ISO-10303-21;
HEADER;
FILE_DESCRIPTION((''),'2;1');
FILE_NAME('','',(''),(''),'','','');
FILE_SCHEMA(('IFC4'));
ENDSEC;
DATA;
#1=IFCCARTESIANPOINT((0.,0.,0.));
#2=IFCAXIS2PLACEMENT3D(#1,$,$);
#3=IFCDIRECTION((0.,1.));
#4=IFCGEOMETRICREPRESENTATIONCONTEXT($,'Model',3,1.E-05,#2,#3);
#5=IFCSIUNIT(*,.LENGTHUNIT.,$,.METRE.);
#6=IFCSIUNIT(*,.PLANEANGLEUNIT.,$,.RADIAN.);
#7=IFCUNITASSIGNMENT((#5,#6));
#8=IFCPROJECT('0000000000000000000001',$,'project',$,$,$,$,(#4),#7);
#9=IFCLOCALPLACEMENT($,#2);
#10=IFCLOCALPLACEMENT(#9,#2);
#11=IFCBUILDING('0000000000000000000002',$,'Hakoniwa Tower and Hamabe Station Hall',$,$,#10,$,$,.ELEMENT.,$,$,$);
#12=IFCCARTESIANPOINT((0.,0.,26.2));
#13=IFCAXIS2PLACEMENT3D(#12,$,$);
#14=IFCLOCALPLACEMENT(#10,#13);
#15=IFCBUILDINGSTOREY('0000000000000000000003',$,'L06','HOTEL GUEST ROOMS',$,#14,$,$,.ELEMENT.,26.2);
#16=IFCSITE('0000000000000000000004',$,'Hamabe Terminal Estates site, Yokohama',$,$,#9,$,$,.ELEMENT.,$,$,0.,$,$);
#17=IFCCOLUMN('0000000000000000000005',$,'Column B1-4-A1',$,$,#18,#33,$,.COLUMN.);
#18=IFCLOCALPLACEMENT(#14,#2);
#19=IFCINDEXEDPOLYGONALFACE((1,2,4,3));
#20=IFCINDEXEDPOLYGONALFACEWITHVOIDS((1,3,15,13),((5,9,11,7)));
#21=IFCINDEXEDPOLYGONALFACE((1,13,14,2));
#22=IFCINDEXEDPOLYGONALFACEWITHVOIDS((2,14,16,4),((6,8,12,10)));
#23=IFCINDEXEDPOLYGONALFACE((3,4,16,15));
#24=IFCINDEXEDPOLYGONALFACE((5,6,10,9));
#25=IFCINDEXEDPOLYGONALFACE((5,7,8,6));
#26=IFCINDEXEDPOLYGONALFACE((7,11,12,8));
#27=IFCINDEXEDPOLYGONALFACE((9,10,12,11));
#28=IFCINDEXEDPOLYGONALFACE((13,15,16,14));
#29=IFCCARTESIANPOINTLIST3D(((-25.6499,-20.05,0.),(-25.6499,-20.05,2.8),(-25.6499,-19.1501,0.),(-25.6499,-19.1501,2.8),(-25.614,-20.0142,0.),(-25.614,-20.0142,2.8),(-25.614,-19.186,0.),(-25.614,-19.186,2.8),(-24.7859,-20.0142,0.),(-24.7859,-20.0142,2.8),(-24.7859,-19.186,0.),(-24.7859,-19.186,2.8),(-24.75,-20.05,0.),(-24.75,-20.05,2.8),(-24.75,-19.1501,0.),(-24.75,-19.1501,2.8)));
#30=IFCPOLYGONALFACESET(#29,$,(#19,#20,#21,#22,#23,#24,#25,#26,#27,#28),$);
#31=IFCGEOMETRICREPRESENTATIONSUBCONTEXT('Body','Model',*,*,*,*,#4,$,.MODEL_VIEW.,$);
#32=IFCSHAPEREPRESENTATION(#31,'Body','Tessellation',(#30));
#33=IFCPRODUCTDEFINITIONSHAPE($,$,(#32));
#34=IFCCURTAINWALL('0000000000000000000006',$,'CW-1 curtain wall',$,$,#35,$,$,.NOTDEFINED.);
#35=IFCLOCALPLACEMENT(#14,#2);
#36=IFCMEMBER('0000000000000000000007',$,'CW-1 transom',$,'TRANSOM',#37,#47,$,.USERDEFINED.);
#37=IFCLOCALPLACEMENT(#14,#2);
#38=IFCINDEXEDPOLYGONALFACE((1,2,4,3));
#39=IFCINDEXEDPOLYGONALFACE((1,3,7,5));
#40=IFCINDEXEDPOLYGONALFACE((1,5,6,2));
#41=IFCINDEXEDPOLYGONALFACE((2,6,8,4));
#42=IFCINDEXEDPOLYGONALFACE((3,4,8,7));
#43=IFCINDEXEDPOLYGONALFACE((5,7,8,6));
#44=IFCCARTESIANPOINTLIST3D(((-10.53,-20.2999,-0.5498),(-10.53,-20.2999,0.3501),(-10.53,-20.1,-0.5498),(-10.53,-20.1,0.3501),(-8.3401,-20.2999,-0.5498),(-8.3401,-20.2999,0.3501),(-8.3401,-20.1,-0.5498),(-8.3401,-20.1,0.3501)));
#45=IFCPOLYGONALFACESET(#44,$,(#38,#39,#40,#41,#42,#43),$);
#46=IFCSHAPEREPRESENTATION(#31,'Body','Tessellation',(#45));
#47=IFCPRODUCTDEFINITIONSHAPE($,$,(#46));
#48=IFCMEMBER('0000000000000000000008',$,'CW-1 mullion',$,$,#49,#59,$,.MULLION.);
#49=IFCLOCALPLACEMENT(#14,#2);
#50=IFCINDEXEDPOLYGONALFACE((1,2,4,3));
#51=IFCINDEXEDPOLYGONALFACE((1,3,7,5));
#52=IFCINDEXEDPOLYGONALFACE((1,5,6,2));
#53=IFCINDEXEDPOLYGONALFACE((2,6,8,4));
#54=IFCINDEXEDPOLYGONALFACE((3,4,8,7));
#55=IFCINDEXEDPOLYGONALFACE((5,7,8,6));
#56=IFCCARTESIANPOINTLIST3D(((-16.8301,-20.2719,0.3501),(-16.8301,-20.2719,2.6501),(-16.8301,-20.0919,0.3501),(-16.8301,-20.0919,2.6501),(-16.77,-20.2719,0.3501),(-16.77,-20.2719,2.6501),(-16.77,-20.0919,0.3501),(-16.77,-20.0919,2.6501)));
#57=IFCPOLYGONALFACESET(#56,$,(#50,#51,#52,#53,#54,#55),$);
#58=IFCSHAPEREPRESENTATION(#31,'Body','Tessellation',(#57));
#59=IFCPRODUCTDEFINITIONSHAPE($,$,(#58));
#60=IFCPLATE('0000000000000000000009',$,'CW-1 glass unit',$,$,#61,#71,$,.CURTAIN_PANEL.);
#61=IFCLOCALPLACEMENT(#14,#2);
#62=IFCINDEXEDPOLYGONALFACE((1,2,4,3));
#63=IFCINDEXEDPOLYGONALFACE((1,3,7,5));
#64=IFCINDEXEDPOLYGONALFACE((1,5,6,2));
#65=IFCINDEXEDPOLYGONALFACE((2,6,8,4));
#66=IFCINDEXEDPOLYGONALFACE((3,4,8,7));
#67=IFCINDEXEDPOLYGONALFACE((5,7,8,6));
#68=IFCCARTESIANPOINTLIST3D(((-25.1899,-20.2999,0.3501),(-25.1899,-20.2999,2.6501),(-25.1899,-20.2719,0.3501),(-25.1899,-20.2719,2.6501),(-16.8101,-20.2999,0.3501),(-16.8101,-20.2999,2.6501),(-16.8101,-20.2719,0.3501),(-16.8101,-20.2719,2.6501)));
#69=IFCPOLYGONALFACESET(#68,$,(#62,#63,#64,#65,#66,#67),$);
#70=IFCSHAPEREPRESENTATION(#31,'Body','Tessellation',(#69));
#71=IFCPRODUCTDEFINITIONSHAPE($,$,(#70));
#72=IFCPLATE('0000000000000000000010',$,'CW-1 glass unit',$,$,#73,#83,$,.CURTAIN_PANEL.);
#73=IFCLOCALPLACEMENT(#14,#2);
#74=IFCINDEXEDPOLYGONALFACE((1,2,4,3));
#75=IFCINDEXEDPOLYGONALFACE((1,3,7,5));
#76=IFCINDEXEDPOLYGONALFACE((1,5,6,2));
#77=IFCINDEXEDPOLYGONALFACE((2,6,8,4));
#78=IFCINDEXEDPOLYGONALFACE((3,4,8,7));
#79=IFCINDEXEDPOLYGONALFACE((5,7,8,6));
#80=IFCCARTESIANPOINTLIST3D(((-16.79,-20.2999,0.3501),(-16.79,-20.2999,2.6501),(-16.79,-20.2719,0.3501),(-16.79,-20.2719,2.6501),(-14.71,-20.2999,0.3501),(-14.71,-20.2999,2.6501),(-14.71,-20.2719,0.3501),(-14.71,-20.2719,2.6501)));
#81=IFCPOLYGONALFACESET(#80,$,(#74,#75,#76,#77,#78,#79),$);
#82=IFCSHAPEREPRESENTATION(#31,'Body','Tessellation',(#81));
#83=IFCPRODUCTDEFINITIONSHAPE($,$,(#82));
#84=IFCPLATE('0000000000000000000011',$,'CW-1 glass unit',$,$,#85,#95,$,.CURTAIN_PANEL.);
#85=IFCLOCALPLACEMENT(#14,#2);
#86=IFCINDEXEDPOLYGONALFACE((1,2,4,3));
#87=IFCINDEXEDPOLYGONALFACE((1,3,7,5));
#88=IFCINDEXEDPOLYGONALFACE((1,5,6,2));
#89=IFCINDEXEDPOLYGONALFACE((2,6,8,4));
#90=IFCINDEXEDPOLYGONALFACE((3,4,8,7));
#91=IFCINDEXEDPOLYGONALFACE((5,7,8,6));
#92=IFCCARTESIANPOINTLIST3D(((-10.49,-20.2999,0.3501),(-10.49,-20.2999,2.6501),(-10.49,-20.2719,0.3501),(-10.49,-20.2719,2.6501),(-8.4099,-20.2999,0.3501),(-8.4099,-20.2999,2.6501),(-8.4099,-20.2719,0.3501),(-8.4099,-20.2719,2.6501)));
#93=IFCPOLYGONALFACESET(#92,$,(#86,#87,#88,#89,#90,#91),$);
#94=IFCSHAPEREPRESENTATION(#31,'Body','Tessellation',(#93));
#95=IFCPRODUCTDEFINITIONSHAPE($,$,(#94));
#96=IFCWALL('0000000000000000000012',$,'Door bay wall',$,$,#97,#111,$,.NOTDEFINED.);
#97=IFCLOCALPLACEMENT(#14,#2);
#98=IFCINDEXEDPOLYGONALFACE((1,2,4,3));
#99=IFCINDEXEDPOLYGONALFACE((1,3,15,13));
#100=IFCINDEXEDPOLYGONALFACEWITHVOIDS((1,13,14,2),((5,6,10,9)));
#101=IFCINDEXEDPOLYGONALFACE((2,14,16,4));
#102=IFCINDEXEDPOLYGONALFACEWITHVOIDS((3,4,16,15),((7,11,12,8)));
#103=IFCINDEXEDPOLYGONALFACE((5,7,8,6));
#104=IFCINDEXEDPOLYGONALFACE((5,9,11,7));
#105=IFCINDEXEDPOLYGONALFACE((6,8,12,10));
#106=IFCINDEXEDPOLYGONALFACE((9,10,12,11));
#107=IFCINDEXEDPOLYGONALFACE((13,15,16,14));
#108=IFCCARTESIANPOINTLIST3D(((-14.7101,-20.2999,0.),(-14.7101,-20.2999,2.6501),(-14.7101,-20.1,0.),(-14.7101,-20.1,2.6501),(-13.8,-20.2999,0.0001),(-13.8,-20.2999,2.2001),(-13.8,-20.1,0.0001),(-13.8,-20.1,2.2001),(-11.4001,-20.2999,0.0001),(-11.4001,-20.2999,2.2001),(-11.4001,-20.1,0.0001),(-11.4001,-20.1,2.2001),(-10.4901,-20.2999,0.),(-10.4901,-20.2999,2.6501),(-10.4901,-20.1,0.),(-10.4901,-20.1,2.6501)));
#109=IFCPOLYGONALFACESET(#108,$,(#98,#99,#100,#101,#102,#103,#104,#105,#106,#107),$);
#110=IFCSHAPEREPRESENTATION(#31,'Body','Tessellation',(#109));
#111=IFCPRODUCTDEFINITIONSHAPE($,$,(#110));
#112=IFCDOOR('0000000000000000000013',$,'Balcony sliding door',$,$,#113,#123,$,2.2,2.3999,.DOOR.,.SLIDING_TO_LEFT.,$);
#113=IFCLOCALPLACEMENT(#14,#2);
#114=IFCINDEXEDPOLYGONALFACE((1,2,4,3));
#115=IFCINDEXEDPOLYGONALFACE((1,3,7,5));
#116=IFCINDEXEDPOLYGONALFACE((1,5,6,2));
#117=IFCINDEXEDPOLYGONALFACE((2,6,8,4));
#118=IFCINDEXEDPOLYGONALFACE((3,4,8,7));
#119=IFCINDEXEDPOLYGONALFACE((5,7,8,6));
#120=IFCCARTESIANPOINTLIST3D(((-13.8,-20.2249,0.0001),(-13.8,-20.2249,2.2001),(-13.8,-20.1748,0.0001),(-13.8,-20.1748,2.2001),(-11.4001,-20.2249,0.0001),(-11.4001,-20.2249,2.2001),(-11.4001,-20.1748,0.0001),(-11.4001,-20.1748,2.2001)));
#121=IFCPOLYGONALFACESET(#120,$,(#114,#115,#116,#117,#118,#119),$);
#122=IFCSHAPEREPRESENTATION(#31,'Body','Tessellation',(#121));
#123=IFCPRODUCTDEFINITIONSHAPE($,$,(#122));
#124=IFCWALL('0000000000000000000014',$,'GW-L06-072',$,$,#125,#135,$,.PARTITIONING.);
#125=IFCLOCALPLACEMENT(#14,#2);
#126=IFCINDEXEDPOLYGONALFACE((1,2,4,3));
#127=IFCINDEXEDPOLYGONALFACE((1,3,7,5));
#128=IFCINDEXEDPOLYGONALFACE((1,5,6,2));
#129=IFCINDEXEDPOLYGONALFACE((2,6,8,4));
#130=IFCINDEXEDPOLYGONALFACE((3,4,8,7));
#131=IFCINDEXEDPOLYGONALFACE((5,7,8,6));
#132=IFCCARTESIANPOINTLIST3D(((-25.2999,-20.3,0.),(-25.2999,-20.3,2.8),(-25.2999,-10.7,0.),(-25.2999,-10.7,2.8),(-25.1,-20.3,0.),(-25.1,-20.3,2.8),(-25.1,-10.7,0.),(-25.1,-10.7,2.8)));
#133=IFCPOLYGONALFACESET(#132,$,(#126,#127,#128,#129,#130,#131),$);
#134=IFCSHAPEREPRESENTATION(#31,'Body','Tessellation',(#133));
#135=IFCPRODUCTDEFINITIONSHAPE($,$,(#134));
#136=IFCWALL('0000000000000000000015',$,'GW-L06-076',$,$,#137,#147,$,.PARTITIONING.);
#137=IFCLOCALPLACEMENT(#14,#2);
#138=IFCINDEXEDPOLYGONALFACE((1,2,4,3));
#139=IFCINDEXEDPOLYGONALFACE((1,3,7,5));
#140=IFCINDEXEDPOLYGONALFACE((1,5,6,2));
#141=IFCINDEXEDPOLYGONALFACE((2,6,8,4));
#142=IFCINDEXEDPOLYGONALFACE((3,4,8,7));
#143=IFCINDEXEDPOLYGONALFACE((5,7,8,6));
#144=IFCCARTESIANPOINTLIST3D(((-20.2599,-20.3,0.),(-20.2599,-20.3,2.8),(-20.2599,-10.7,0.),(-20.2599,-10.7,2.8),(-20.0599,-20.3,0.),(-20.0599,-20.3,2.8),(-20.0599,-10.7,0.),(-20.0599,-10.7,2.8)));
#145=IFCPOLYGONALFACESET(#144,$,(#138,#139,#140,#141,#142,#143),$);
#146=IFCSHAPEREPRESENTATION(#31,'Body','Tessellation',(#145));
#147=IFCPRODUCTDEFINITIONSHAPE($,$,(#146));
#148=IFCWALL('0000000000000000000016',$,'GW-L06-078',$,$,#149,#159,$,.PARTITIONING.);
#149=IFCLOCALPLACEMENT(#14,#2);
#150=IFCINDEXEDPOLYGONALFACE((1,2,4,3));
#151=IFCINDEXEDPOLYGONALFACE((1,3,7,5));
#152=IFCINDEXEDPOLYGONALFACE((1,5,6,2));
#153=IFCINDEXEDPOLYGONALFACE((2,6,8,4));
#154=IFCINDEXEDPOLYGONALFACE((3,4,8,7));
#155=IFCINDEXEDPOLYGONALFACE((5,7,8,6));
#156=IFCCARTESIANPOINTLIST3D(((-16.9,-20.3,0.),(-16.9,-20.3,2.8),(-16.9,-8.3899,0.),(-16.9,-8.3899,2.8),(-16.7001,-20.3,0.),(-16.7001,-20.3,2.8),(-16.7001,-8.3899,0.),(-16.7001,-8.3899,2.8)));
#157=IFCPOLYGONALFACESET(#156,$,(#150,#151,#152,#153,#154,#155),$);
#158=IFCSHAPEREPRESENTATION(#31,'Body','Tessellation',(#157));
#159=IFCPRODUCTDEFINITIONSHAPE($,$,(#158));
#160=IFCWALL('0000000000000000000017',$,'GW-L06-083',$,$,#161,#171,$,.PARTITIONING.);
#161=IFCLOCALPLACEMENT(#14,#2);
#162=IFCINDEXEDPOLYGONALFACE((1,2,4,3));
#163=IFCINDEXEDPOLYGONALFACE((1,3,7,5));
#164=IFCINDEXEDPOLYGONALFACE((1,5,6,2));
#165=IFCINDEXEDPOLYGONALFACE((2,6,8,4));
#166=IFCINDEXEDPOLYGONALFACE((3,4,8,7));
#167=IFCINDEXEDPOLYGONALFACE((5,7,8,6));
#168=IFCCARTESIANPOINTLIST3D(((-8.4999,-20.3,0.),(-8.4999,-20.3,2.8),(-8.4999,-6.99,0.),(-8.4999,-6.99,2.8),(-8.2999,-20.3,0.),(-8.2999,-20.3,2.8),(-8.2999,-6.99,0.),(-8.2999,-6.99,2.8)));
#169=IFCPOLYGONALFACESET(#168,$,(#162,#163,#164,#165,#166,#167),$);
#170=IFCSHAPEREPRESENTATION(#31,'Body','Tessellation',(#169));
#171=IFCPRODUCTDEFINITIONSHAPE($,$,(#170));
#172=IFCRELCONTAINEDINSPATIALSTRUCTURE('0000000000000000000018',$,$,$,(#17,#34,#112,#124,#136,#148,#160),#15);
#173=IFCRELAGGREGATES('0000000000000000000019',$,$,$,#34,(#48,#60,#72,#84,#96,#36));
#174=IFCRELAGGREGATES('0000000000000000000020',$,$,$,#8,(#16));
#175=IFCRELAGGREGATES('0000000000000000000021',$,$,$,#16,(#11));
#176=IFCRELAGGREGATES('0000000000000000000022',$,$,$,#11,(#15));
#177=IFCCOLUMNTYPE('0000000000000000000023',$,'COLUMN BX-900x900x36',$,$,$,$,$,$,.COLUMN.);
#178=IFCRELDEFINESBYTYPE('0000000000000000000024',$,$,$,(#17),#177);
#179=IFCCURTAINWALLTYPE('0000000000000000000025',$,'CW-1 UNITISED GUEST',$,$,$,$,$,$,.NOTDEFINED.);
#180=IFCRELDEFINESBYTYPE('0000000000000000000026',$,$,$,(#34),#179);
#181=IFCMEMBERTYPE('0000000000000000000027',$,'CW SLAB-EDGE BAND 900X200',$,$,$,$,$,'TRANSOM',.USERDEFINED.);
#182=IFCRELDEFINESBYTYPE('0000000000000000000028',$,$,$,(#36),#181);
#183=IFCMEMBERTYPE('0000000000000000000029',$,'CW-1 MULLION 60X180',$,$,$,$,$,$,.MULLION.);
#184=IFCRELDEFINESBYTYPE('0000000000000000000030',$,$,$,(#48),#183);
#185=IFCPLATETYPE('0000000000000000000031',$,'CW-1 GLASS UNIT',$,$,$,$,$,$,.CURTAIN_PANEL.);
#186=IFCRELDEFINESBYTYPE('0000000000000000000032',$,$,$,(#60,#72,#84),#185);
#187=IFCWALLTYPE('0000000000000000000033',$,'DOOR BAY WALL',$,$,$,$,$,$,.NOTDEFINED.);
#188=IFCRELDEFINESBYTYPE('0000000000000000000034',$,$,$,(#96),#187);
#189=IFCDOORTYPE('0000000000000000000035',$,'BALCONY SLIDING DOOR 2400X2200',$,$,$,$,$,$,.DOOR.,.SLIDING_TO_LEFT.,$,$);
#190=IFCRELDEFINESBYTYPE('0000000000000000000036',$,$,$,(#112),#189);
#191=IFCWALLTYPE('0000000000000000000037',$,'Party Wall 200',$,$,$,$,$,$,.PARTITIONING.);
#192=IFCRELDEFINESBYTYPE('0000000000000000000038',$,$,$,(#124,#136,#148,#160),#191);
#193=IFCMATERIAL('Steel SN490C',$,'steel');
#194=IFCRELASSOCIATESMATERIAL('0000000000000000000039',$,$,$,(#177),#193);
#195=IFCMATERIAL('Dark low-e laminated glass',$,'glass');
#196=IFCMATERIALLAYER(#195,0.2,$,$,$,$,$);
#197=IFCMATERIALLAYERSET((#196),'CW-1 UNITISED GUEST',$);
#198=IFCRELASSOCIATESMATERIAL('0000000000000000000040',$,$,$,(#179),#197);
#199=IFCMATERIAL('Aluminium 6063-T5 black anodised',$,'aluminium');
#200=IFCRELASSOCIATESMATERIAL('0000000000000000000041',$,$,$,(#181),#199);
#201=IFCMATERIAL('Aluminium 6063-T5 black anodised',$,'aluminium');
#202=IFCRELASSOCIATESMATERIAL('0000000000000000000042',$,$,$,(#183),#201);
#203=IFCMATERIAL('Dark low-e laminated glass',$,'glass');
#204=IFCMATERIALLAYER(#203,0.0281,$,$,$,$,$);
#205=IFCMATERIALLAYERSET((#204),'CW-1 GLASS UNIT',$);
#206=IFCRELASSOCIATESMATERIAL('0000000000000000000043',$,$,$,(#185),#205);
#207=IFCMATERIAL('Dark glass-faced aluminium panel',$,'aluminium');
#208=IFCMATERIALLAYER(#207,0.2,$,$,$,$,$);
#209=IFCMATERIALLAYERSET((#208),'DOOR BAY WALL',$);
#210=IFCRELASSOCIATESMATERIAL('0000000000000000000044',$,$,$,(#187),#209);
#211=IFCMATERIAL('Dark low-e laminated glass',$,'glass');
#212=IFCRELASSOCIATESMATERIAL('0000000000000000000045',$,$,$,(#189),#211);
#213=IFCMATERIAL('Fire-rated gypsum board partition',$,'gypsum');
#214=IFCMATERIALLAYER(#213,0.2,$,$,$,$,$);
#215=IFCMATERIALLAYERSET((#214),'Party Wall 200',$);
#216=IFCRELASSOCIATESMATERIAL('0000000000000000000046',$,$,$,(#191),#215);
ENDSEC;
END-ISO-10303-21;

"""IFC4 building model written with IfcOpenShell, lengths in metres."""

from ifc_helpers import new_model, si_unit, direction, frame, frame_2d, origin, origin_2d, place, context, subcontext, project, spatial, rectangle, hollow_rectangle, extrude, material, layer, layer_set, material_profile, profile_set, type_object, element, fill, aggregate, save


model = new_model("IFC4")

# Units and contexts
model_context = context("Model", 3, precision=1e-05, world=origin(), true_north=direction((0.0, 1.0)))
body_context = subcontext(model_context, "Body", "Model", "MODEL_VIEW")
ifc_project = project(units=[si_unit("LENGTHUNIT", "METRE"), si_unit("PLANEANGLEUNIT", "RADIAN")], contexts=[model_context])

# Site, building, storey
site_placement = place(None, origin())
site = spatial("IfcSite", under=ifc_project, at=site_placement, Name="Hamabe Terminal Estates site, Yokohama", CompositionType="ELEMENT", RefElevation=0.0)
building_placement = place(site_placement, origin())
building = spatial("IfcBuilding", under=site, at=building_placement, Name="Hakoniwa Tower and Hamabe Station Hall", CompositionType="ELEMENT")
storey_placement = place(building_placement, frame((0.0, 0.0, 26.2)))
storey = spatial("IfcBuildingStorey", under=building, at=storey_placement, Name="L06", Description="HOTEL GUEST ROOMS", CompositionType="ELEMENT", Elevation=26.2)

# Column
ifc_material_1 = material(Name="Steel SN490C", Category="steel")
ifc_material_profile_1 = material_profile(ifc_material_1, hollow_rectangle(XDim=0.8999, YDim=0.8999, WallThickness=0.0359, at=origin_2d()), Name="BX-900x900x36")
ifc_profile_set_1 = profile_set([ifc_material_profile_1], Name="Steel SN490C")
column_type = type_object("IfcColumnType", Name="COLUMN BX-900x900x36", PredefinedType="COLUMN", material=ifc_profile_set_1)
column_placement = place(storey_placement, frame((-25.2, -19.6001, 0.0), z_axis=(0.0, 0.0, 1.0), x_axis=(1.0, 0.0, 0.0)))
element("IfcColumn", 1, at=column_placement, inside=storey, type_object=column_type, Name="Column B1-4-A1", PredefinedType="COLUMN", context=body_context, shape_type="SweptSolid", body=[
    extrude(hollow_rectangle(XDim=0.8999, YDim=0.8999, WallThickness=0.0359, at=origin_2d()), origin(), (0.0, 0.0, 1.0), 2.8),
])

# Curtain wall, members, plates, wall, opening, door
ifc_material_2 = material(Name="Dark low-e laminated glass", Category="glass")
ifc_layer_1 = layer(ifc_material_2, 0.2)
ifc_layer_set_1 = layer_set([ifc_layer_1], Name="CW-1 UNITISED GUEST")
curtain_wall_type = type_object("IfcCurtainWallType", Name="CW-1 UNITISED GUEST", PredefinedType="NOTDEFINED", material=ifc_layer_set_1)
curtain_wall_placement = place(storey_placement, origin())
curtain_wall = element("IfcCurtainWall", 2, at=curtain_wall_placement, inside=storey, type_object=curtain_wall_type, Name="CW-1 curtain wall", PredefinedType="NOTDEFINED")
ifc_material_3 = material(Name="Aluminium 6063-T5 black anodised", Category="aluminium")
ifc_material_profile_2 = material_profile(ifc_material_3, rectangle(XDim=0.2, YDim=0.8999, at=origin_2d()), Name="CW SLAB-EDGE BAND 900X200")
ifc_profile_set_2 = profile_set([ifc_material_profile_2], Name="Aluminium 6063-T5 black anodised")
member_type_1 = type_object("IfcMemberType", Name="CW SLAB-EDGE BAND 900X200", ElementType="TRANSOM", PredefinedType="USERDEFINED", material=ifc_profile_set_2)
member_1_placement = place(storey_placement, frame((-10.53, -20.2, -0.0999), z_axis=(1.0, 0.0, 0.0), x_axis=(0.0, 1.0, 0.0)))
member_1 = element("IfcMember", 3, at=member_1_placement, type_object=member_type_1, Name="CW-1 transom", ObjectType="TRANSOM", PredefinedType="USERDEFINED", context=body_context, shape_type="SweptSolid", body=[
    extrude(rectangle(XDim=0.2, YDim=0.8999, at=origin_2d()), origin(), (0.0, 0.0, 1.0), 2.1899),
])
ifc_material_4 = material(Name="Aluminium 6063-T5 black anodised", Category="aluminium")
ifc_material_profile_3 = material_profile(ifc_material_4, rectangle(XDim=0.0601, YDim=0.1799, at=origin_2d()), Name="CW-1 MULLION 60X180")
ifc_profile_set_3 = profile_set([ifc_material_profile_3], Name="Aluminium 6063-T5 black anodised")
member_type_2 = type_object("IfcMemberType", Name="CW-1 MULLION 60X180", PredefinedType="MULLION", material=ifc_profile_set_3)
member_2_placement = place(storey_placement, frame((-16.8, -20.1819, 0.3501), z_axis=(0.0, 0.0, 1.0), x_axis=(1.0, 0.0, 0.0)))
member_2 = element("IfcMember", 4, at=member_2_placement, type_object=member_type_2, Name="CW-1 mullion", PredefinedType="MULLION", context=body_context, shape_type="SweptSolid", body=[
    extrude(rectangle(XDim=0.0601, YDim=0.1799, at=origin_2d()), origin(), (0.0, 0.0, 1.0), 2.3),
])
ifc_material_5 = material(Name="Dark low-e laminated glass", Category="glass")
ifc_layer_2 = layer(ifc_material_5, 0.0281)
ifc_layer_set_2 = layer_set([ifc_layer_2], Name="CW-1 GLASS UNIT")
plate_type = type_object("IfcPlateType", Name="CW-1 GLASS UNIT", PredefinedType="CURTAIN_PANEL", material=ifc_layer_set_2)
plate_1_placement = place(storey_placement, frame((-21.0, -20.2859, 0.3501), z_axis=(0.0, 0.0, 1.0), x_axis=(1.0, 0.0, 0.0)))
plate_1 = element("IfcPlate", 5, at=plate_1_placement, type_object=plate_type, Name="CW-1 glass unit", PredefinedType="CURTAIN_PANEL", context=body_context, shape_type="SweptSolid", body=[
    extrude(rectangle(XDim=8.3799, YDim=0.0281, at=origin_2d()), origin(), (0.0, 0.0, 1.0), 2.3),
])
plate_2_placement = place(storey_placement, frame((-15.75, -20.2859, 0.3501), z_axis=(0.0, 0.0, 1.0), x_axis=(1.0, 0.0, 0.0)))
plate_2 = element("IfcPlate", 6, at=plate_2_placement, type_object=plate_type, Name="CW-1 glass unit", PredefinedType="CURTAIN_PANEL", context=body_context, shape_type="SweptSolid", body=[
    extrude(rectangle(XDim=2.0801, YDim=0.0281, at=origin_2d()), origin(), (0.0, 0.0, 1.0), 2.3),
])
plate_3_placement = place(storey_placement, frame((-9.45, -20.2859, 0.3501), z_axis=(0.0, 0.0, 1.0), x_axis=(1.0, 0.0, 0.0)))
plate_3 = element("IfcPlate", 7, at=plate_3_placement, type_object=plate_type, Name="CW-1 glass unit", PredefinedType="CURTAIN_PANEL", context=body_context, shape_type="SweptSolid", body=[
    extrude(rectangle(XDim=2.0801, YDim=0.0281, at=origin_2d()), origin(), (0.0, 0.0, 1.0), 2.3),
])
ifc_material_6 = material(Name="Dark glass-faced aluminium panel", Category="aluminium")
ifc_layer_3 = layer(ifc_material_6, 0.2)
ifc_layer_set_3 = layer_set([ifc_layer_3], Name="DOOR BAY WALL")
wall_type_1 = type_object("IfcWallType", Name="DOOR BAY WALL", PredefinedType="NOTDEFINED", material=ifc_layer_set_3)
wall_1_placement = place(storey_placement, frame((-14.71, -20.2, 0.0), z_axis=(0.0, 0.0, 1.0), x_axis=(1.0, 0.0, 0.0)))
wall_1 = element("IfcWall", 8, at=wall_1_placement, type_object=wall_type_1, Name="Door bay wall", PredefinedType="NOTDEFINED", context=body_context, shape_type="SweptSolid", body=[
    extrude(rectangle(XDim=4.22, YDim=0.2, at=frame_2d((2.1099, 0.0))), origin(), (0.0, 0.0, 1.0), 2.6501),
])
opening_placement = place(wall_1_placement, frame((0.9099, 0.0, 0.0)))
opening = element("IfcOpeningElement", 9, at=opening_placement, cuts=wall_1, PredefinedType="OPENING", context=body_context, shape_type="SweptSolid", body=[
    extrude(rectangle(XDim=2.3999, YDim=2.2, at=frame_2d((1.2, 1.1001))), frame((0.0, 0.1099, 0.0), z_axis=(0.0, -1.0, 0.0), x_axis=(1.0, 0.0, 0.0)), (0.0, 0.0, 1.0), 0.22),
])
ifc_material_7 = material(Name="Dark low-e laminated glass", Category="glass")
door_type = type_object("IfcDoorType", Name="BALCONY SLIDING DOOR 2400X2200", OperationType="SLIDING_TO_LEFT", PredefinedType="DOOR", material=ifc_material_7)
door_placement = place(opening_placement, frame((2.3999, 0.0, 0.0), z_axis=(0.0, 0.0, 1.0), x_axis=(-1.0, 0.0, 0.0)))
door = element("IfcDoor", 10, at=door_placement, inside=storey, type_object=door_type, Name="Balcony sliding door", OperationType="SLIDING_TO_LEFT", OverallHeight=2.2, OverallWidth=2.3999, PredefinedType="DOOR", context=body_context, shape_type="SweptSolid", body=[
    extrude(rectangle(XDim=2.3999, YDim=2.2, at=frame_2d((1.2, 1.1001))), frame((0.0, 0.0249, 0.0), z_axis=(0.0, -1.0, 0.0), x_axis=(1.0, 0.0, 0.0)), (0.0, 0.0, 1.0), 0.05),
])
fill(opening, door)
aggregate(curtain_wall, [member_2, plate_1, plate_2, plate_3, wall_1, member_1])

# Walls
ifc_material_8 = material(Name="Fire-rated gypsum board partition", Category="gypsum")
ifc_layer_4 = layer(ifc_material_8, 0.2)
ifc_layer_set_4 = layer_set([ifc_layer_4], Name="Party Wall 200")
wall_type_2 = type_object("IfcWallType", Name="Party Wall 200", PredefinedType="PARTITIONING", material=ifc_layer_set_4)
for number, where, z_axis, x_axis, name in (
    (11, (-25.2, -20.3, 0.0), (0.0, 0.0, 1.0), (0.0, 1.0, 0.0), "GW-L06-072"),
    (12, (-20.1599, -20.3, 0.0), (0.0, 0.0, 1.0), (0.0, 1.0, 0.0), "GW-L06-076"),
):
    element("IfcWall", number, at=place(storey_placement, frame(where, z_axis=z_axis, x_axis=x_axis)), inside=storey, type_object=wall_type_2, Name=name, PredefinedType="PARTITIONING", context=body_context, shape_type="SweptSolid", body=[
        extrude(rectangle(XDim=9.6001, YDim=0.2, at=frame_2d((4.8, 0.0))), origin(), (0.0, 0.0, 1.0), 2.8),
    ])
wall_2_placement = place(storey_placement, frame((-16.8, -20.3, 0.0), z_axis=(0.0, 0.0, 1.0), x_axis=(0.0, 1.0, 0.0)))
element("IfcWall", 13, at=wall_2_placement, inside=storey, type_object=wall_type_2, Name="GW-L06-078", PredefinedType="PARTITIONING", context=body_context, shape_type="SweptSolid", body=[
    extrude(rectangle(XDim=11.9102, YDim=0.2, at=frame_2d((5.9551, 0.0))), origin(), (0.0, 0.0, 1.0), 2.8),
])
wall_3_placement = place(storey_placement, frame((-8.3999, -20.3, 0.0), z_axis=(0.0, 0.0, 1.0), x_axis=(0.0, 1.0, 0.0)))
element("IfcWall", 14, at=wall_3_placement, inside=storey, type_object=wall_type_2, Name="GW-L06-083", PredefinedType="PARTITIONING", context=body_context, shape_type="SweptSolid", body=[
    extrude(rectangle(XDim=13.3101, YDim=0.2, at=frame_2d((6.655, 0.0))), origin(), (0.0, 0.0, 1.0), 2.8),
])

save(model, "model.ifc")
